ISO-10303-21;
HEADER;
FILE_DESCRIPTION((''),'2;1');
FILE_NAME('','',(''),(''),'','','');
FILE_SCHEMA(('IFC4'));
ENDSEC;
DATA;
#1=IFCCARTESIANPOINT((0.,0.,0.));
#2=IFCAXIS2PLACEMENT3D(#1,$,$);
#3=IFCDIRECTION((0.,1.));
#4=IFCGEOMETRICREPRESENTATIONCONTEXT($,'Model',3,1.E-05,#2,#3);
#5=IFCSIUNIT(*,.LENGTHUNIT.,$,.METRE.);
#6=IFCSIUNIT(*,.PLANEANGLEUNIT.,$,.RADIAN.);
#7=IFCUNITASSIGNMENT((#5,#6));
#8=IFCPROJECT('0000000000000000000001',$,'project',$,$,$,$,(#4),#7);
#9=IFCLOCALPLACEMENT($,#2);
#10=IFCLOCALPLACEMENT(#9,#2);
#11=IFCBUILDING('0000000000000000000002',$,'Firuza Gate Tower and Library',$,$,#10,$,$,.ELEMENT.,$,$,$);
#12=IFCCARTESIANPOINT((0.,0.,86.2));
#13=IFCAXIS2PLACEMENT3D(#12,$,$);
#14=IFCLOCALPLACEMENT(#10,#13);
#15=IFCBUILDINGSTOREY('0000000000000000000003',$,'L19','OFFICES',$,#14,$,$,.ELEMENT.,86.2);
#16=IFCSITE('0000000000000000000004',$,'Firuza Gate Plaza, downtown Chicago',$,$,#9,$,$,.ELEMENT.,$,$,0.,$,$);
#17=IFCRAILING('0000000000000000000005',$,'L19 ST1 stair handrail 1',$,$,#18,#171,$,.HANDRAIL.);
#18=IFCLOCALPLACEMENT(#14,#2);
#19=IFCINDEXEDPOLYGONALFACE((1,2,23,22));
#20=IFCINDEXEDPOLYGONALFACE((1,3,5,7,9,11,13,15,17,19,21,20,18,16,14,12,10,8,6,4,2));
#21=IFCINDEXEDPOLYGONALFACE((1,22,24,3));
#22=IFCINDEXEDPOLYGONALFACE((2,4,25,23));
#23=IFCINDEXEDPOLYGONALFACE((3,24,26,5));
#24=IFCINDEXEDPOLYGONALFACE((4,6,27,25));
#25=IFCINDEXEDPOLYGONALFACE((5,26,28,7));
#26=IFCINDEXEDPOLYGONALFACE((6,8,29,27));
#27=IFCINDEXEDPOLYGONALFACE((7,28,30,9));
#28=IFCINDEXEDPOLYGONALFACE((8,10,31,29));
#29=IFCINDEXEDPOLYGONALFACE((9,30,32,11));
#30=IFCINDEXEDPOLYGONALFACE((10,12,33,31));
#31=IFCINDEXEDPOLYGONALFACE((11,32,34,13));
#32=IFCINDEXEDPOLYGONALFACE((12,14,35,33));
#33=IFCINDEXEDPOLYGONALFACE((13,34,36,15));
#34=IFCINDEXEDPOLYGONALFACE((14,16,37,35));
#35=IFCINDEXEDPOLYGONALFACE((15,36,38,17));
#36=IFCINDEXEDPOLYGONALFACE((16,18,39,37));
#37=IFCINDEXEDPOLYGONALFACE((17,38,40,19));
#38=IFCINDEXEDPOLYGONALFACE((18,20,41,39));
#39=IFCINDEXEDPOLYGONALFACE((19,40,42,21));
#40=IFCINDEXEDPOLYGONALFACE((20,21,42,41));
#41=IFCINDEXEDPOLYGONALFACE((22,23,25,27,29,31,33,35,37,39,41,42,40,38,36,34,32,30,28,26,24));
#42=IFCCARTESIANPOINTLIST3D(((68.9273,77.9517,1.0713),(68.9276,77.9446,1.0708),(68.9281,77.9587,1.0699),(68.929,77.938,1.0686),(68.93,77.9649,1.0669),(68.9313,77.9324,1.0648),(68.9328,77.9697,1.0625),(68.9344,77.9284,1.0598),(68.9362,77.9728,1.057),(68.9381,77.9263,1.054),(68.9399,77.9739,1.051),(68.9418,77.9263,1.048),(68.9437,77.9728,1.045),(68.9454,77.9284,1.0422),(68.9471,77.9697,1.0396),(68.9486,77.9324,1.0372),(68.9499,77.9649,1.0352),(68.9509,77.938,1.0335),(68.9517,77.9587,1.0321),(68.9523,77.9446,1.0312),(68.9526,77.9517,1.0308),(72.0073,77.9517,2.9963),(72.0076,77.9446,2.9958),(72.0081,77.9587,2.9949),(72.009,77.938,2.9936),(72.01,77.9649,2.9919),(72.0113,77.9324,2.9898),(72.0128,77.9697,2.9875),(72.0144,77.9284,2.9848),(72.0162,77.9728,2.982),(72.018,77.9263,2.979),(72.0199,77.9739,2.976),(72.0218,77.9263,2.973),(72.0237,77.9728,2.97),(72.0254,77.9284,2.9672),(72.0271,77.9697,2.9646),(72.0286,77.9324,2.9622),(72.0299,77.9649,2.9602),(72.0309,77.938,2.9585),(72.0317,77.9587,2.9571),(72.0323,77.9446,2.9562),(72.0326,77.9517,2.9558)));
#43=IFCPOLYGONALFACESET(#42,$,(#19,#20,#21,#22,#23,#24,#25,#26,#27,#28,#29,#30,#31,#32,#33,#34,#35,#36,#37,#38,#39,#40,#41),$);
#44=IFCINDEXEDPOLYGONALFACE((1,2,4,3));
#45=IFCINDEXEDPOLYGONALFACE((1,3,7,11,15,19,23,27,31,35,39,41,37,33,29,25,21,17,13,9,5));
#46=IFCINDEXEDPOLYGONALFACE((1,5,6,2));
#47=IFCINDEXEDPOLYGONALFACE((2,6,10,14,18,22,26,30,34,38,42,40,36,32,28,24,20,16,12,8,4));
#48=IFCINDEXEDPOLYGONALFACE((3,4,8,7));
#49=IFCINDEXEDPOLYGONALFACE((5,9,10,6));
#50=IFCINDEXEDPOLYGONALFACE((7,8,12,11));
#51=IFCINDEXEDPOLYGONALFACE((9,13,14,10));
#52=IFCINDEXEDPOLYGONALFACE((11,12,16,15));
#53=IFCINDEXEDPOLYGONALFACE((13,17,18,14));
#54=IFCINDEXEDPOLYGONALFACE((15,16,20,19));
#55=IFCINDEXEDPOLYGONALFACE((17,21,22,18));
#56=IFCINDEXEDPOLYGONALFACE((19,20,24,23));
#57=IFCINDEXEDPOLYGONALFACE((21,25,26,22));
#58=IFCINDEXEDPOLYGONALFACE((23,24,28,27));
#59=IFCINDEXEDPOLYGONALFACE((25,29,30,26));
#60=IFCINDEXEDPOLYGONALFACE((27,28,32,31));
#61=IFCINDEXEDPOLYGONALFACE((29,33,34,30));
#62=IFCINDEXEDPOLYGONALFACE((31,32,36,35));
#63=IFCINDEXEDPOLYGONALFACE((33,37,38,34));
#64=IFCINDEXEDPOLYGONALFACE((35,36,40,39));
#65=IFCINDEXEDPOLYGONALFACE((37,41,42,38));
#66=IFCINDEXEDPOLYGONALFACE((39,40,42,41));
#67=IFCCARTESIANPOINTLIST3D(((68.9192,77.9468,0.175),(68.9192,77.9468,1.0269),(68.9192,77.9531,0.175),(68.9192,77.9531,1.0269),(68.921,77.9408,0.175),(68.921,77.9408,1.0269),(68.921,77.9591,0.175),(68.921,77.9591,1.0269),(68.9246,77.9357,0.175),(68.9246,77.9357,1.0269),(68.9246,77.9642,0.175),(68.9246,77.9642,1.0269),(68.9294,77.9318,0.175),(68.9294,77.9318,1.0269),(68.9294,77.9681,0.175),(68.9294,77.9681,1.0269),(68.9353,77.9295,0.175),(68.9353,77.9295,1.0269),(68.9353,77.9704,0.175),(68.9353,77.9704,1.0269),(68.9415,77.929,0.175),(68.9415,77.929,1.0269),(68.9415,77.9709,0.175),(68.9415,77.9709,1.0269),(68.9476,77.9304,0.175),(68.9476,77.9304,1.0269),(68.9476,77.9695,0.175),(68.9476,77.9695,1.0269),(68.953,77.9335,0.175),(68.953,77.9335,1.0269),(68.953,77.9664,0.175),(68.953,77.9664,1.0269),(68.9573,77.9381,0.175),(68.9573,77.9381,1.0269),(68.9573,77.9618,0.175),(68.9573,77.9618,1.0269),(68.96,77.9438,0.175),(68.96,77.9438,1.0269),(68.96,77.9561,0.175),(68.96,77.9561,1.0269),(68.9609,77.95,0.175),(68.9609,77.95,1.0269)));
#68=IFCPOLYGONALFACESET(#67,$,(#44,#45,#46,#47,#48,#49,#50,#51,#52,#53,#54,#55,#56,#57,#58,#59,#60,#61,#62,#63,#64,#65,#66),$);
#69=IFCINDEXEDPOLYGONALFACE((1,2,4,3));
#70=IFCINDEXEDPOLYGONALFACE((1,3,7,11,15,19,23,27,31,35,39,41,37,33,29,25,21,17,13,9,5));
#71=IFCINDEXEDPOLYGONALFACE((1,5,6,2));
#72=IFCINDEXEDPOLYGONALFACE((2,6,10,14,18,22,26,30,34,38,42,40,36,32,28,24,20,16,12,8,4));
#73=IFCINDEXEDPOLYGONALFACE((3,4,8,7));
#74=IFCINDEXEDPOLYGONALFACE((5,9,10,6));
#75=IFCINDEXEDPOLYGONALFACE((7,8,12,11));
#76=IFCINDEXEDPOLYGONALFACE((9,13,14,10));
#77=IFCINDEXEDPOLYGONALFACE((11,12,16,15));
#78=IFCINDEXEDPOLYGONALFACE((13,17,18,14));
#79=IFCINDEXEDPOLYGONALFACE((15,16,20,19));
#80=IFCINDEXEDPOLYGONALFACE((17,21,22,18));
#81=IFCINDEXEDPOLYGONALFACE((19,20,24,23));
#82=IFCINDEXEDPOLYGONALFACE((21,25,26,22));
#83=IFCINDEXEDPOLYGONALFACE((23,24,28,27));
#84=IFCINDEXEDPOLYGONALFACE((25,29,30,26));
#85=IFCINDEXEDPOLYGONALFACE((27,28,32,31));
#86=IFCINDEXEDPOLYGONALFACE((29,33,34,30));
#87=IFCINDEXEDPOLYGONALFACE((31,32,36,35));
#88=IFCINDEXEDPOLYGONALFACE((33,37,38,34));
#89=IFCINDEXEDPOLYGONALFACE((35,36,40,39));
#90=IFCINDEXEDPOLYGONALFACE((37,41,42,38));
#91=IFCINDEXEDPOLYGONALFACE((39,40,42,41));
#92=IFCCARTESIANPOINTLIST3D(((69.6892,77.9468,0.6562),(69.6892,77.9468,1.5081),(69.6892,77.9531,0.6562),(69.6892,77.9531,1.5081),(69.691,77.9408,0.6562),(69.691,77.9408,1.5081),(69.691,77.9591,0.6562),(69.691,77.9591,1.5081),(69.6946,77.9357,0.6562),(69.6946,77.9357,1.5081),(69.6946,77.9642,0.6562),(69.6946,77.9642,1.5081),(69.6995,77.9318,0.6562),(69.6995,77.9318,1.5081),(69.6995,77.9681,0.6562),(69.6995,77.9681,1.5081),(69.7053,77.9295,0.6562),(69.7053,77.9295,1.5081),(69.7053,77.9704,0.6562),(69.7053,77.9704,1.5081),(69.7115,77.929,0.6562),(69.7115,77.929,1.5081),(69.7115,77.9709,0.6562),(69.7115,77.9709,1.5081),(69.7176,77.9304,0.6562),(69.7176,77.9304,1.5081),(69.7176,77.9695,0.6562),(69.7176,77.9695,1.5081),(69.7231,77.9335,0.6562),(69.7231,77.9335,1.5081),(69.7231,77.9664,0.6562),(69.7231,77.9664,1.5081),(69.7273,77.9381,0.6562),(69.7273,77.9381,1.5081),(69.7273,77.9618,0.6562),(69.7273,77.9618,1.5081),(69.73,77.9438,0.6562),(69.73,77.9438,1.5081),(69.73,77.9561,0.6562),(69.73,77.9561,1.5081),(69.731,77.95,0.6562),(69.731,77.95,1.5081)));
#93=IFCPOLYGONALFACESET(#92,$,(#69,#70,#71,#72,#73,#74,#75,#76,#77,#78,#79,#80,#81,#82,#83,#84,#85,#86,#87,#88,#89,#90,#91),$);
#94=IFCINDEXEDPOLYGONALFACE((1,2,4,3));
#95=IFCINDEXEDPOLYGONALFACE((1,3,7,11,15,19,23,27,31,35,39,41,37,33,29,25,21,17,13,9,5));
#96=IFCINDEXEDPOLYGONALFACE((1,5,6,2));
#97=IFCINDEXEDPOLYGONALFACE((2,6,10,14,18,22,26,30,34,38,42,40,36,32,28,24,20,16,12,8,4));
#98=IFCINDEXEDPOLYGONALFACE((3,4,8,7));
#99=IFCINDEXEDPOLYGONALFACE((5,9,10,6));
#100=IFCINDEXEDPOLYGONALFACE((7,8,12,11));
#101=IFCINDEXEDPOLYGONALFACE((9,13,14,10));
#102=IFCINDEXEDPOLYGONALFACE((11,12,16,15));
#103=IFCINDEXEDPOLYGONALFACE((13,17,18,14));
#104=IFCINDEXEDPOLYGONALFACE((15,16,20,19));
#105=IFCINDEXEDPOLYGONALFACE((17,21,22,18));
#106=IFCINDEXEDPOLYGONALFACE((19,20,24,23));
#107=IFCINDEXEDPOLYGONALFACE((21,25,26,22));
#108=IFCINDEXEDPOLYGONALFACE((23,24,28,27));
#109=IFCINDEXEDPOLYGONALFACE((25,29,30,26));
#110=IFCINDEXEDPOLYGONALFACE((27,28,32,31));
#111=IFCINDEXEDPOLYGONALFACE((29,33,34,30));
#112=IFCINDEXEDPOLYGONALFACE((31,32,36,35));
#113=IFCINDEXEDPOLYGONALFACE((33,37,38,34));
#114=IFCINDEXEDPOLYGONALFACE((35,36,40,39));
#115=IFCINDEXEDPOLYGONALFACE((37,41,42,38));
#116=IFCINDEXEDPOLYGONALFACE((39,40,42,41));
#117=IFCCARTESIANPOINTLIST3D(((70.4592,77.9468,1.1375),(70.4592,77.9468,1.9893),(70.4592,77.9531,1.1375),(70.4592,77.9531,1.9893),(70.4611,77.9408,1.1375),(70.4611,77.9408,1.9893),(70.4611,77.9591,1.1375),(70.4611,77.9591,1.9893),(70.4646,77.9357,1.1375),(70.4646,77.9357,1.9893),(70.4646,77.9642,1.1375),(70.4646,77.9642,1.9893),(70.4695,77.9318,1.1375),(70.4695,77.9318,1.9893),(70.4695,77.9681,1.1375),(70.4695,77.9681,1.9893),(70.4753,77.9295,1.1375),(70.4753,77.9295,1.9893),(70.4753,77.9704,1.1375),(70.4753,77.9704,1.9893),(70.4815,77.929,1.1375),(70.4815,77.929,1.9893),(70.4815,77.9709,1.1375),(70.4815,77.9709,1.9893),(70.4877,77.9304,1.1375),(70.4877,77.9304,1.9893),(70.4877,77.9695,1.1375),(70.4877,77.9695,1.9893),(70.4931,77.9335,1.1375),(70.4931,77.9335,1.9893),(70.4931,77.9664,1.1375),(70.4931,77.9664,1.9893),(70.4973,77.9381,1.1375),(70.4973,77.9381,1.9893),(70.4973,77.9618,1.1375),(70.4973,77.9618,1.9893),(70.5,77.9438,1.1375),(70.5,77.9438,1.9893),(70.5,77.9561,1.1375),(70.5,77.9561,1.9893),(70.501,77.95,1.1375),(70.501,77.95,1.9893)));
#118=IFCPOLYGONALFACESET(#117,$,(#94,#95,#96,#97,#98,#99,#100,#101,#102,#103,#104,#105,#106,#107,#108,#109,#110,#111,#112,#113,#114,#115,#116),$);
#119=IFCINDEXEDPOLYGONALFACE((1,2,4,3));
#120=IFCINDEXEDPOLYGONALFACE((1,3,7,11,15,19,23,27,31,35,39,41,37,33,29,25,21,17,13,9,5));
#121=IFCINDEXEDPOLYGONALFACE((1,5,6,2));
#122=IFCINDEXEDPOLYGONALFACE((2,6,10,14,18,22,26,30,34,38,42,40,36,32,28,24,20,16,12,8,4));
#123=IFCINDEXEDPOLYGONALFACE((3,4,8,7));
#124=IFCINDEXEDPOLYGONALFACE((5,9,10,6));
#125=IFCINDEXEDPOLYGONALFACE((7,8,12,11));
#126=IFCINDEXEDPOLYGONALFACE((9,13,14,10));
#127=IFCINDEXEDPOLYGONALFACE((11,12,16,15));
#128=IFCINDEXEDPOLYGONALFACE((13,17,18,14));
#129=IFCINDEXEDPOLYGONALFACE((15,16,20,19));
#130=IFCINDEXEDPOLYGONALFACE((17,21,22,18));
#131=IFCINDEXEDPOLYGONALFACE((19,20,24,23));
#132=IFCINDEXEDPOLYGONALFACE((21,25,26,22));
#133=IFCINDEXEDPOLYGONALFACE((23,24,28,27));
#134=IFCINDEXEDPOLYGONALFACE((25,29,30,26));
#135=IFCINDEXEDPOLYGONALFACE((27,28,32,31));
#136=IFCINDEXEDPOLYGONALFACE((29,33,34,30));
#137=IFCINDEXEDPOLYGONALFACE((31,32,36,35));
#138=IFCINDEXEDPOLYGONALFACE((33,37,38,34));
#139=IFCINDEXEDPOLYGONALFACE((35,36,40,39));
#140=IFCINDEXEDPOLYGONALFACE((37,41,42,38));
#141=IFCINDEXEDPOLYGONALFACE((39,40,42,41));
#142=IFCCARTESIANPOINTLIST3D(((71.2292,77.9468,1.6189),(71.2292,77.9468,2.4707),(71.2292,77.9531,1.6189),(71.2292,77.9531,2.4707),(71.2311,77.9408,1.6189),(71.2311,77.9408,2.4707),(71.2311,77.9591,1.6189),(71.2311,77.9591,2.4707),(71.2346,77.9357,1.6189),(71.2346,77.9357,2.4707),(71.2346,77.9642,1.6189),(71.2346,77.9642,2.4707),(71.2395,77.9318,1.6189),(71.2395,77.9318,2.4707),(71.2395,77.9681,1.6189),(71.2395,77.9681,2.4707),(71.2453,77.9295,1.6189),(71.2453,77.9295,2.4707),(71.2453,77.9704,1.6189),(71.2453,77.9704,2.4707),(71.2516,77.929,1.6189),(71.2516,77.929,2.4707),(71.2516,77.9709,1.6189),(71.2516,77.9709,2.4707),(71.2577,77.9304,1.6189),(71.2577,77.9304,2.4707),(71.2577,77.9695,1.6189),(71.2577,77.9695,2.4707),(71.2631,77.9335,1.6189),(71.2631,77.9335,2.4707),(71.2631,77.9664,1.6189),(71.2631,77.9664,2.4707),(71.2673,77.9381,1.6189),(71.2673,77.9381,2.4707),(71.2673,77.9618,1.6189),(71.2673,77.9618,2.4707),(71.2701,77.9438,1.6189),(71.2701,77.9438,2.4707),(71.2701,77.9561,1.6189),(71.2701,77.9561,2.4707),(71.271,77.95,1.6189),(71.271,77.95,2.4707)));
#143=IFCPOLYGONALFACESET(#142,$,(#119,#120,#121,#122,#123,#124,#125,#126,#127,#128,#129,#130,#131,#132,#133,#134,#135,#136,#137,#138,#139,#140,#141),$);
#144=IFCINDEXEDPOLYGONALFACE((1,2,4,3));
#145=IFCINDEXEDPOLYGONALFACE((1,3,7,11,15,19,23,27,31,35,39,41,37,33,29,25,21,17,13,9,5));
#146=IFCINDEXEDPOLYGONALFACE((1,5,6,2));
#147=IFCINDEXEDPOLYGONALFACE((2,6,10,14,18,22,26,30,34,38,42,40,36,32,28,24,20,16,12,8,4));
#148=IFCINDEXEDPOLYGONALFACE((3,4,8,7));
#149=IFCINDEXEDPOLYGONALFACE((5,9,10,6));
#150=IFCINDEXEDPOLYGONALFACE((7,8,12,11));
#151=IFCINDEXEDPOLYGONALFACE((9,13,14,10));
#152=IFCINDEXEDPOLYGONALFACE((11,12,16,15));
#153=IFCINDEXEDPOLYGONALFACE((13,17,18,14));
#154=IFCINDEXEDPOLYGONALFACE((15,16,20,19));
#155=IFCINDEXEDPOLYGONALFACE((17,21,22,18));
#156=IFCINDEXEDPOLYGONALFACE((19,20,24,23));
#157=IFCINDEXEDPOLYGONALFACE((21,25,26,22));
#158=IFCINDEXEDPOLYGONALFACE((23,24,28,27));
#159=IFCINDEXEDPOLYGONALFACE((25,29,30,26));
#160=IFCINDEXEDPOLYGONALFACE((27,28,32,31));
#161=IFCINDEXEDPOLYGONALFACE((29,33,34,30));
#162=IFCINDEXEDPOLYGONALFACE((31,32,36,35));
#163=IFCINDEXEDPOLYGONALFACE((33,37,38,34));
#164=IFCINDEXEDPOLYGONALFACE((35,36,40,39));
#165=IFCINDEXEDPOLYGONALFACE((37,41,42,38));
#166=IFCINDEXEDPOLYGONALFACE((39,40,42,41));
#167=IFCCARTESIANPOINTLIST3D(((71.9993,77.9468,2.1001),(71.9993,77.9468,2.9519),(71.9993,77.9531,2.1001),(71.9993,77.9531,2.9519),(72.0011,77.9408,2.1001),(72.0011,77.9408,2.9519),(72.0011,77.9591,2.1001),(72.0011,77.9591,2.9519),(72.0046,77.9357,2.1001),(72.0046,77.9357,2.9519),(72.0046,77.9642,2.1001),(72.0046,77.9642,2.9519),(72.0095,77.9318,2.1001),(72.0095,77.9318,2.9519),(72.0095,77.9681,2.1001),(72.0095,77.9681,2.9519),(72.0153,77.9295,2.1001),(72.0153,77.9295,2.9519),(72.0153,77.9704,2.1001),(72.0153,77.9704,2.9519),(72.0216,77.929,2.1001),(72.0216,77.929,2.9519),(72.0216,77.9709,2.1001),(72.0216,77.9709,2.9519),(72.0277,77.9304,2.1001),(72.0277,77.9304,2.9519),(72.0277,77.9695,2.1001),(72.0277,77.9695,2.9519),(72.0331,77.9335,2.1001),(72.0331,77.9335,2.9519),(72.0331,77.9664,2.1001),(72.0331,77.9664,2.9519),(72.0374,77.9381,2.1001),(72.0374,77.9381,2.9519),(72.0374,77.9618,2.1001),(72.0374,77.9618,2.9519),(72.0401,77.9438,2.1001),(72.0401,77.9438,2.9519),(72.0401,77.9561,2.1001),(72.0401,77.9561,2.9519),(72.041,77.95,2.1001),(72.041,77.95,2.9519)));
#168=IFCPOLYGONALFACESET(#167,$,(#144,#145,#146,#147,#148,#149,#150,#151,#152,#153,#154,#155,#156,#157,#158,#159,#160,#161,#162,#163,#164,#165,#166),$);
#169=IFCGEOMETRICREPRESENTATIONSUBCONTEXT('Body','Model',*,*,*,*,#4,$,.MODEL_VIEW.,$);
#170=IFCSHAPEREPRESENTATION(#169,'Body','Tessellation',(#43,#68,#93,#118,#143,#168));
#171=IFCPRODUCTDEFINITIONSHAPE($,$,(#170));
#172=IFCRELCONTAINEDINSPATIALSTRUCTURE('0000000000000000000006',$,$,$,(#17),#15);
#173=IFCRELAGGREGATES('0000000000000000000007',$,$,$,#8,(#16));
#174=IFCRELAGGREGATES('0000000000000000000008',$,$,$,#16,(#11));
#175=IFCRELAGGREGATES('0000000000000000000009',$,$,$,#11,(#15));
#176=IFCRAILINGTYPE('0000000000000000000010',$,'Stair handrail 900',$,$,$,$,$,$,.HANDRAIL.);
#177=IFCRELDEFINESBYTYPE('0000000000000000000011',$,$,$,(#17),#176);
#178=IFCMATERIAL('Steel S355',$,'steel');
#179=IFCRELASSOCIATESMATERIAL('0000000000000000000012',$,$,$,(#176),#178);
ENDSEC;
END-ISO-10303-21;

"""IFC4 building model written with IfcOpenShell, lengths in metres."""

from ifc_helpers import new_model, si_unit, direction, frame, origin, origin_2d, place, context, subcontext, project, spatial, circle, extrude, material, type_object, element, save


model = new_model("IFC4")

# Units and contexts
model_context = context("Model", 3, precision=1e-05, world=origin(), true_north=direction((0.0, 1.0)))
body_context = subcontext(model_context, "Body", "Model", "MODEL_VIEW")
ifc_project = project(units=[si_unit("LENGTHUNIT", "METRE"), si_unit("PLANEANGLEUNIT", "RADIAN")], contexts=[model_context])

# Site, building, storey
site_placement = place(None, origin())
site = spatial("IfcSite", under=ifc_project, at=site_placement, Name="Firuza Gate Plaza, downtown Chicago", CompositionType="ELEMENT", RefElevation=0.0)
building_placement = place(site_placement, origin())
building = spatial("IfcBuilding", under=site, at=building_placement, Name="Firuza Gate Tower and Library", CompositionType="ELEMENT")
storey_placement = place(building_placement, frame((0.0, 0.0, 86.2)))
storey = spatial("IfcBuildingStorey", under=building, at=storey_placement, Name="L19", Description="OFFICES", CompositionType="ELEMENT", Elevation=86.2)

# Railing
ifc_material_1 = material(Name="Steel S355", Category="steel")
railing_type_1 = type_object("IfcRailingType", Name="Stair handrail 900", PredefinedType="HANDRAIL", material=ifc_material_1)
railing_1_placement = place(storey_placement, frame((68.9399, 77.95, 0.175)))
element("IfcRailing", 1, at=railing_1_placement, inside=storey, type_object=railing_type_1, Name="L19 ST1 stair handrail 1", PredefinedType="HANDRAIL", context=body_context, shape_type="SweptSolid", body=[
    extrude(circle(Radius=0.0239, at=origin_2d()), frame((0.0, 0.0, 0.876), z_axis=(0.847998, 0.0, 0.529999), x_axis=(0.0, 1.0, 0.0)), (0.0, 0.0, 1.0), 3.6321),
    extrude(circle(Radius=0.021, at=origin_2d()), origin(), (0.0, 0.0, 1.0), 0.8518),
    extrude(circle(Radius=0.021, at=origin_2d()), frame((0.77, 0.0, 0.4812)), (0.0, 0.0, 1.0), 0.8518),
    extrude(circle(Radius=0.021, at=origin_2d()), frame((1.54, 0.0, 0.9624)), (0.0, 0.0, 1.0), 0.8518),
    extrude(circle(Radius=0.021, at=origin_2d()), frame((2.3101, 0.0, 1.4438)), (0.0, 0.0, 1.0), 0.8518),
    extrude(circle(Radius=0.021, at=origin_2d()), frame((3.0801, 0.0, 1.925)), (0.0, 0.0, 1.0), 0.8518),
])

save(model, "model.ifc")
